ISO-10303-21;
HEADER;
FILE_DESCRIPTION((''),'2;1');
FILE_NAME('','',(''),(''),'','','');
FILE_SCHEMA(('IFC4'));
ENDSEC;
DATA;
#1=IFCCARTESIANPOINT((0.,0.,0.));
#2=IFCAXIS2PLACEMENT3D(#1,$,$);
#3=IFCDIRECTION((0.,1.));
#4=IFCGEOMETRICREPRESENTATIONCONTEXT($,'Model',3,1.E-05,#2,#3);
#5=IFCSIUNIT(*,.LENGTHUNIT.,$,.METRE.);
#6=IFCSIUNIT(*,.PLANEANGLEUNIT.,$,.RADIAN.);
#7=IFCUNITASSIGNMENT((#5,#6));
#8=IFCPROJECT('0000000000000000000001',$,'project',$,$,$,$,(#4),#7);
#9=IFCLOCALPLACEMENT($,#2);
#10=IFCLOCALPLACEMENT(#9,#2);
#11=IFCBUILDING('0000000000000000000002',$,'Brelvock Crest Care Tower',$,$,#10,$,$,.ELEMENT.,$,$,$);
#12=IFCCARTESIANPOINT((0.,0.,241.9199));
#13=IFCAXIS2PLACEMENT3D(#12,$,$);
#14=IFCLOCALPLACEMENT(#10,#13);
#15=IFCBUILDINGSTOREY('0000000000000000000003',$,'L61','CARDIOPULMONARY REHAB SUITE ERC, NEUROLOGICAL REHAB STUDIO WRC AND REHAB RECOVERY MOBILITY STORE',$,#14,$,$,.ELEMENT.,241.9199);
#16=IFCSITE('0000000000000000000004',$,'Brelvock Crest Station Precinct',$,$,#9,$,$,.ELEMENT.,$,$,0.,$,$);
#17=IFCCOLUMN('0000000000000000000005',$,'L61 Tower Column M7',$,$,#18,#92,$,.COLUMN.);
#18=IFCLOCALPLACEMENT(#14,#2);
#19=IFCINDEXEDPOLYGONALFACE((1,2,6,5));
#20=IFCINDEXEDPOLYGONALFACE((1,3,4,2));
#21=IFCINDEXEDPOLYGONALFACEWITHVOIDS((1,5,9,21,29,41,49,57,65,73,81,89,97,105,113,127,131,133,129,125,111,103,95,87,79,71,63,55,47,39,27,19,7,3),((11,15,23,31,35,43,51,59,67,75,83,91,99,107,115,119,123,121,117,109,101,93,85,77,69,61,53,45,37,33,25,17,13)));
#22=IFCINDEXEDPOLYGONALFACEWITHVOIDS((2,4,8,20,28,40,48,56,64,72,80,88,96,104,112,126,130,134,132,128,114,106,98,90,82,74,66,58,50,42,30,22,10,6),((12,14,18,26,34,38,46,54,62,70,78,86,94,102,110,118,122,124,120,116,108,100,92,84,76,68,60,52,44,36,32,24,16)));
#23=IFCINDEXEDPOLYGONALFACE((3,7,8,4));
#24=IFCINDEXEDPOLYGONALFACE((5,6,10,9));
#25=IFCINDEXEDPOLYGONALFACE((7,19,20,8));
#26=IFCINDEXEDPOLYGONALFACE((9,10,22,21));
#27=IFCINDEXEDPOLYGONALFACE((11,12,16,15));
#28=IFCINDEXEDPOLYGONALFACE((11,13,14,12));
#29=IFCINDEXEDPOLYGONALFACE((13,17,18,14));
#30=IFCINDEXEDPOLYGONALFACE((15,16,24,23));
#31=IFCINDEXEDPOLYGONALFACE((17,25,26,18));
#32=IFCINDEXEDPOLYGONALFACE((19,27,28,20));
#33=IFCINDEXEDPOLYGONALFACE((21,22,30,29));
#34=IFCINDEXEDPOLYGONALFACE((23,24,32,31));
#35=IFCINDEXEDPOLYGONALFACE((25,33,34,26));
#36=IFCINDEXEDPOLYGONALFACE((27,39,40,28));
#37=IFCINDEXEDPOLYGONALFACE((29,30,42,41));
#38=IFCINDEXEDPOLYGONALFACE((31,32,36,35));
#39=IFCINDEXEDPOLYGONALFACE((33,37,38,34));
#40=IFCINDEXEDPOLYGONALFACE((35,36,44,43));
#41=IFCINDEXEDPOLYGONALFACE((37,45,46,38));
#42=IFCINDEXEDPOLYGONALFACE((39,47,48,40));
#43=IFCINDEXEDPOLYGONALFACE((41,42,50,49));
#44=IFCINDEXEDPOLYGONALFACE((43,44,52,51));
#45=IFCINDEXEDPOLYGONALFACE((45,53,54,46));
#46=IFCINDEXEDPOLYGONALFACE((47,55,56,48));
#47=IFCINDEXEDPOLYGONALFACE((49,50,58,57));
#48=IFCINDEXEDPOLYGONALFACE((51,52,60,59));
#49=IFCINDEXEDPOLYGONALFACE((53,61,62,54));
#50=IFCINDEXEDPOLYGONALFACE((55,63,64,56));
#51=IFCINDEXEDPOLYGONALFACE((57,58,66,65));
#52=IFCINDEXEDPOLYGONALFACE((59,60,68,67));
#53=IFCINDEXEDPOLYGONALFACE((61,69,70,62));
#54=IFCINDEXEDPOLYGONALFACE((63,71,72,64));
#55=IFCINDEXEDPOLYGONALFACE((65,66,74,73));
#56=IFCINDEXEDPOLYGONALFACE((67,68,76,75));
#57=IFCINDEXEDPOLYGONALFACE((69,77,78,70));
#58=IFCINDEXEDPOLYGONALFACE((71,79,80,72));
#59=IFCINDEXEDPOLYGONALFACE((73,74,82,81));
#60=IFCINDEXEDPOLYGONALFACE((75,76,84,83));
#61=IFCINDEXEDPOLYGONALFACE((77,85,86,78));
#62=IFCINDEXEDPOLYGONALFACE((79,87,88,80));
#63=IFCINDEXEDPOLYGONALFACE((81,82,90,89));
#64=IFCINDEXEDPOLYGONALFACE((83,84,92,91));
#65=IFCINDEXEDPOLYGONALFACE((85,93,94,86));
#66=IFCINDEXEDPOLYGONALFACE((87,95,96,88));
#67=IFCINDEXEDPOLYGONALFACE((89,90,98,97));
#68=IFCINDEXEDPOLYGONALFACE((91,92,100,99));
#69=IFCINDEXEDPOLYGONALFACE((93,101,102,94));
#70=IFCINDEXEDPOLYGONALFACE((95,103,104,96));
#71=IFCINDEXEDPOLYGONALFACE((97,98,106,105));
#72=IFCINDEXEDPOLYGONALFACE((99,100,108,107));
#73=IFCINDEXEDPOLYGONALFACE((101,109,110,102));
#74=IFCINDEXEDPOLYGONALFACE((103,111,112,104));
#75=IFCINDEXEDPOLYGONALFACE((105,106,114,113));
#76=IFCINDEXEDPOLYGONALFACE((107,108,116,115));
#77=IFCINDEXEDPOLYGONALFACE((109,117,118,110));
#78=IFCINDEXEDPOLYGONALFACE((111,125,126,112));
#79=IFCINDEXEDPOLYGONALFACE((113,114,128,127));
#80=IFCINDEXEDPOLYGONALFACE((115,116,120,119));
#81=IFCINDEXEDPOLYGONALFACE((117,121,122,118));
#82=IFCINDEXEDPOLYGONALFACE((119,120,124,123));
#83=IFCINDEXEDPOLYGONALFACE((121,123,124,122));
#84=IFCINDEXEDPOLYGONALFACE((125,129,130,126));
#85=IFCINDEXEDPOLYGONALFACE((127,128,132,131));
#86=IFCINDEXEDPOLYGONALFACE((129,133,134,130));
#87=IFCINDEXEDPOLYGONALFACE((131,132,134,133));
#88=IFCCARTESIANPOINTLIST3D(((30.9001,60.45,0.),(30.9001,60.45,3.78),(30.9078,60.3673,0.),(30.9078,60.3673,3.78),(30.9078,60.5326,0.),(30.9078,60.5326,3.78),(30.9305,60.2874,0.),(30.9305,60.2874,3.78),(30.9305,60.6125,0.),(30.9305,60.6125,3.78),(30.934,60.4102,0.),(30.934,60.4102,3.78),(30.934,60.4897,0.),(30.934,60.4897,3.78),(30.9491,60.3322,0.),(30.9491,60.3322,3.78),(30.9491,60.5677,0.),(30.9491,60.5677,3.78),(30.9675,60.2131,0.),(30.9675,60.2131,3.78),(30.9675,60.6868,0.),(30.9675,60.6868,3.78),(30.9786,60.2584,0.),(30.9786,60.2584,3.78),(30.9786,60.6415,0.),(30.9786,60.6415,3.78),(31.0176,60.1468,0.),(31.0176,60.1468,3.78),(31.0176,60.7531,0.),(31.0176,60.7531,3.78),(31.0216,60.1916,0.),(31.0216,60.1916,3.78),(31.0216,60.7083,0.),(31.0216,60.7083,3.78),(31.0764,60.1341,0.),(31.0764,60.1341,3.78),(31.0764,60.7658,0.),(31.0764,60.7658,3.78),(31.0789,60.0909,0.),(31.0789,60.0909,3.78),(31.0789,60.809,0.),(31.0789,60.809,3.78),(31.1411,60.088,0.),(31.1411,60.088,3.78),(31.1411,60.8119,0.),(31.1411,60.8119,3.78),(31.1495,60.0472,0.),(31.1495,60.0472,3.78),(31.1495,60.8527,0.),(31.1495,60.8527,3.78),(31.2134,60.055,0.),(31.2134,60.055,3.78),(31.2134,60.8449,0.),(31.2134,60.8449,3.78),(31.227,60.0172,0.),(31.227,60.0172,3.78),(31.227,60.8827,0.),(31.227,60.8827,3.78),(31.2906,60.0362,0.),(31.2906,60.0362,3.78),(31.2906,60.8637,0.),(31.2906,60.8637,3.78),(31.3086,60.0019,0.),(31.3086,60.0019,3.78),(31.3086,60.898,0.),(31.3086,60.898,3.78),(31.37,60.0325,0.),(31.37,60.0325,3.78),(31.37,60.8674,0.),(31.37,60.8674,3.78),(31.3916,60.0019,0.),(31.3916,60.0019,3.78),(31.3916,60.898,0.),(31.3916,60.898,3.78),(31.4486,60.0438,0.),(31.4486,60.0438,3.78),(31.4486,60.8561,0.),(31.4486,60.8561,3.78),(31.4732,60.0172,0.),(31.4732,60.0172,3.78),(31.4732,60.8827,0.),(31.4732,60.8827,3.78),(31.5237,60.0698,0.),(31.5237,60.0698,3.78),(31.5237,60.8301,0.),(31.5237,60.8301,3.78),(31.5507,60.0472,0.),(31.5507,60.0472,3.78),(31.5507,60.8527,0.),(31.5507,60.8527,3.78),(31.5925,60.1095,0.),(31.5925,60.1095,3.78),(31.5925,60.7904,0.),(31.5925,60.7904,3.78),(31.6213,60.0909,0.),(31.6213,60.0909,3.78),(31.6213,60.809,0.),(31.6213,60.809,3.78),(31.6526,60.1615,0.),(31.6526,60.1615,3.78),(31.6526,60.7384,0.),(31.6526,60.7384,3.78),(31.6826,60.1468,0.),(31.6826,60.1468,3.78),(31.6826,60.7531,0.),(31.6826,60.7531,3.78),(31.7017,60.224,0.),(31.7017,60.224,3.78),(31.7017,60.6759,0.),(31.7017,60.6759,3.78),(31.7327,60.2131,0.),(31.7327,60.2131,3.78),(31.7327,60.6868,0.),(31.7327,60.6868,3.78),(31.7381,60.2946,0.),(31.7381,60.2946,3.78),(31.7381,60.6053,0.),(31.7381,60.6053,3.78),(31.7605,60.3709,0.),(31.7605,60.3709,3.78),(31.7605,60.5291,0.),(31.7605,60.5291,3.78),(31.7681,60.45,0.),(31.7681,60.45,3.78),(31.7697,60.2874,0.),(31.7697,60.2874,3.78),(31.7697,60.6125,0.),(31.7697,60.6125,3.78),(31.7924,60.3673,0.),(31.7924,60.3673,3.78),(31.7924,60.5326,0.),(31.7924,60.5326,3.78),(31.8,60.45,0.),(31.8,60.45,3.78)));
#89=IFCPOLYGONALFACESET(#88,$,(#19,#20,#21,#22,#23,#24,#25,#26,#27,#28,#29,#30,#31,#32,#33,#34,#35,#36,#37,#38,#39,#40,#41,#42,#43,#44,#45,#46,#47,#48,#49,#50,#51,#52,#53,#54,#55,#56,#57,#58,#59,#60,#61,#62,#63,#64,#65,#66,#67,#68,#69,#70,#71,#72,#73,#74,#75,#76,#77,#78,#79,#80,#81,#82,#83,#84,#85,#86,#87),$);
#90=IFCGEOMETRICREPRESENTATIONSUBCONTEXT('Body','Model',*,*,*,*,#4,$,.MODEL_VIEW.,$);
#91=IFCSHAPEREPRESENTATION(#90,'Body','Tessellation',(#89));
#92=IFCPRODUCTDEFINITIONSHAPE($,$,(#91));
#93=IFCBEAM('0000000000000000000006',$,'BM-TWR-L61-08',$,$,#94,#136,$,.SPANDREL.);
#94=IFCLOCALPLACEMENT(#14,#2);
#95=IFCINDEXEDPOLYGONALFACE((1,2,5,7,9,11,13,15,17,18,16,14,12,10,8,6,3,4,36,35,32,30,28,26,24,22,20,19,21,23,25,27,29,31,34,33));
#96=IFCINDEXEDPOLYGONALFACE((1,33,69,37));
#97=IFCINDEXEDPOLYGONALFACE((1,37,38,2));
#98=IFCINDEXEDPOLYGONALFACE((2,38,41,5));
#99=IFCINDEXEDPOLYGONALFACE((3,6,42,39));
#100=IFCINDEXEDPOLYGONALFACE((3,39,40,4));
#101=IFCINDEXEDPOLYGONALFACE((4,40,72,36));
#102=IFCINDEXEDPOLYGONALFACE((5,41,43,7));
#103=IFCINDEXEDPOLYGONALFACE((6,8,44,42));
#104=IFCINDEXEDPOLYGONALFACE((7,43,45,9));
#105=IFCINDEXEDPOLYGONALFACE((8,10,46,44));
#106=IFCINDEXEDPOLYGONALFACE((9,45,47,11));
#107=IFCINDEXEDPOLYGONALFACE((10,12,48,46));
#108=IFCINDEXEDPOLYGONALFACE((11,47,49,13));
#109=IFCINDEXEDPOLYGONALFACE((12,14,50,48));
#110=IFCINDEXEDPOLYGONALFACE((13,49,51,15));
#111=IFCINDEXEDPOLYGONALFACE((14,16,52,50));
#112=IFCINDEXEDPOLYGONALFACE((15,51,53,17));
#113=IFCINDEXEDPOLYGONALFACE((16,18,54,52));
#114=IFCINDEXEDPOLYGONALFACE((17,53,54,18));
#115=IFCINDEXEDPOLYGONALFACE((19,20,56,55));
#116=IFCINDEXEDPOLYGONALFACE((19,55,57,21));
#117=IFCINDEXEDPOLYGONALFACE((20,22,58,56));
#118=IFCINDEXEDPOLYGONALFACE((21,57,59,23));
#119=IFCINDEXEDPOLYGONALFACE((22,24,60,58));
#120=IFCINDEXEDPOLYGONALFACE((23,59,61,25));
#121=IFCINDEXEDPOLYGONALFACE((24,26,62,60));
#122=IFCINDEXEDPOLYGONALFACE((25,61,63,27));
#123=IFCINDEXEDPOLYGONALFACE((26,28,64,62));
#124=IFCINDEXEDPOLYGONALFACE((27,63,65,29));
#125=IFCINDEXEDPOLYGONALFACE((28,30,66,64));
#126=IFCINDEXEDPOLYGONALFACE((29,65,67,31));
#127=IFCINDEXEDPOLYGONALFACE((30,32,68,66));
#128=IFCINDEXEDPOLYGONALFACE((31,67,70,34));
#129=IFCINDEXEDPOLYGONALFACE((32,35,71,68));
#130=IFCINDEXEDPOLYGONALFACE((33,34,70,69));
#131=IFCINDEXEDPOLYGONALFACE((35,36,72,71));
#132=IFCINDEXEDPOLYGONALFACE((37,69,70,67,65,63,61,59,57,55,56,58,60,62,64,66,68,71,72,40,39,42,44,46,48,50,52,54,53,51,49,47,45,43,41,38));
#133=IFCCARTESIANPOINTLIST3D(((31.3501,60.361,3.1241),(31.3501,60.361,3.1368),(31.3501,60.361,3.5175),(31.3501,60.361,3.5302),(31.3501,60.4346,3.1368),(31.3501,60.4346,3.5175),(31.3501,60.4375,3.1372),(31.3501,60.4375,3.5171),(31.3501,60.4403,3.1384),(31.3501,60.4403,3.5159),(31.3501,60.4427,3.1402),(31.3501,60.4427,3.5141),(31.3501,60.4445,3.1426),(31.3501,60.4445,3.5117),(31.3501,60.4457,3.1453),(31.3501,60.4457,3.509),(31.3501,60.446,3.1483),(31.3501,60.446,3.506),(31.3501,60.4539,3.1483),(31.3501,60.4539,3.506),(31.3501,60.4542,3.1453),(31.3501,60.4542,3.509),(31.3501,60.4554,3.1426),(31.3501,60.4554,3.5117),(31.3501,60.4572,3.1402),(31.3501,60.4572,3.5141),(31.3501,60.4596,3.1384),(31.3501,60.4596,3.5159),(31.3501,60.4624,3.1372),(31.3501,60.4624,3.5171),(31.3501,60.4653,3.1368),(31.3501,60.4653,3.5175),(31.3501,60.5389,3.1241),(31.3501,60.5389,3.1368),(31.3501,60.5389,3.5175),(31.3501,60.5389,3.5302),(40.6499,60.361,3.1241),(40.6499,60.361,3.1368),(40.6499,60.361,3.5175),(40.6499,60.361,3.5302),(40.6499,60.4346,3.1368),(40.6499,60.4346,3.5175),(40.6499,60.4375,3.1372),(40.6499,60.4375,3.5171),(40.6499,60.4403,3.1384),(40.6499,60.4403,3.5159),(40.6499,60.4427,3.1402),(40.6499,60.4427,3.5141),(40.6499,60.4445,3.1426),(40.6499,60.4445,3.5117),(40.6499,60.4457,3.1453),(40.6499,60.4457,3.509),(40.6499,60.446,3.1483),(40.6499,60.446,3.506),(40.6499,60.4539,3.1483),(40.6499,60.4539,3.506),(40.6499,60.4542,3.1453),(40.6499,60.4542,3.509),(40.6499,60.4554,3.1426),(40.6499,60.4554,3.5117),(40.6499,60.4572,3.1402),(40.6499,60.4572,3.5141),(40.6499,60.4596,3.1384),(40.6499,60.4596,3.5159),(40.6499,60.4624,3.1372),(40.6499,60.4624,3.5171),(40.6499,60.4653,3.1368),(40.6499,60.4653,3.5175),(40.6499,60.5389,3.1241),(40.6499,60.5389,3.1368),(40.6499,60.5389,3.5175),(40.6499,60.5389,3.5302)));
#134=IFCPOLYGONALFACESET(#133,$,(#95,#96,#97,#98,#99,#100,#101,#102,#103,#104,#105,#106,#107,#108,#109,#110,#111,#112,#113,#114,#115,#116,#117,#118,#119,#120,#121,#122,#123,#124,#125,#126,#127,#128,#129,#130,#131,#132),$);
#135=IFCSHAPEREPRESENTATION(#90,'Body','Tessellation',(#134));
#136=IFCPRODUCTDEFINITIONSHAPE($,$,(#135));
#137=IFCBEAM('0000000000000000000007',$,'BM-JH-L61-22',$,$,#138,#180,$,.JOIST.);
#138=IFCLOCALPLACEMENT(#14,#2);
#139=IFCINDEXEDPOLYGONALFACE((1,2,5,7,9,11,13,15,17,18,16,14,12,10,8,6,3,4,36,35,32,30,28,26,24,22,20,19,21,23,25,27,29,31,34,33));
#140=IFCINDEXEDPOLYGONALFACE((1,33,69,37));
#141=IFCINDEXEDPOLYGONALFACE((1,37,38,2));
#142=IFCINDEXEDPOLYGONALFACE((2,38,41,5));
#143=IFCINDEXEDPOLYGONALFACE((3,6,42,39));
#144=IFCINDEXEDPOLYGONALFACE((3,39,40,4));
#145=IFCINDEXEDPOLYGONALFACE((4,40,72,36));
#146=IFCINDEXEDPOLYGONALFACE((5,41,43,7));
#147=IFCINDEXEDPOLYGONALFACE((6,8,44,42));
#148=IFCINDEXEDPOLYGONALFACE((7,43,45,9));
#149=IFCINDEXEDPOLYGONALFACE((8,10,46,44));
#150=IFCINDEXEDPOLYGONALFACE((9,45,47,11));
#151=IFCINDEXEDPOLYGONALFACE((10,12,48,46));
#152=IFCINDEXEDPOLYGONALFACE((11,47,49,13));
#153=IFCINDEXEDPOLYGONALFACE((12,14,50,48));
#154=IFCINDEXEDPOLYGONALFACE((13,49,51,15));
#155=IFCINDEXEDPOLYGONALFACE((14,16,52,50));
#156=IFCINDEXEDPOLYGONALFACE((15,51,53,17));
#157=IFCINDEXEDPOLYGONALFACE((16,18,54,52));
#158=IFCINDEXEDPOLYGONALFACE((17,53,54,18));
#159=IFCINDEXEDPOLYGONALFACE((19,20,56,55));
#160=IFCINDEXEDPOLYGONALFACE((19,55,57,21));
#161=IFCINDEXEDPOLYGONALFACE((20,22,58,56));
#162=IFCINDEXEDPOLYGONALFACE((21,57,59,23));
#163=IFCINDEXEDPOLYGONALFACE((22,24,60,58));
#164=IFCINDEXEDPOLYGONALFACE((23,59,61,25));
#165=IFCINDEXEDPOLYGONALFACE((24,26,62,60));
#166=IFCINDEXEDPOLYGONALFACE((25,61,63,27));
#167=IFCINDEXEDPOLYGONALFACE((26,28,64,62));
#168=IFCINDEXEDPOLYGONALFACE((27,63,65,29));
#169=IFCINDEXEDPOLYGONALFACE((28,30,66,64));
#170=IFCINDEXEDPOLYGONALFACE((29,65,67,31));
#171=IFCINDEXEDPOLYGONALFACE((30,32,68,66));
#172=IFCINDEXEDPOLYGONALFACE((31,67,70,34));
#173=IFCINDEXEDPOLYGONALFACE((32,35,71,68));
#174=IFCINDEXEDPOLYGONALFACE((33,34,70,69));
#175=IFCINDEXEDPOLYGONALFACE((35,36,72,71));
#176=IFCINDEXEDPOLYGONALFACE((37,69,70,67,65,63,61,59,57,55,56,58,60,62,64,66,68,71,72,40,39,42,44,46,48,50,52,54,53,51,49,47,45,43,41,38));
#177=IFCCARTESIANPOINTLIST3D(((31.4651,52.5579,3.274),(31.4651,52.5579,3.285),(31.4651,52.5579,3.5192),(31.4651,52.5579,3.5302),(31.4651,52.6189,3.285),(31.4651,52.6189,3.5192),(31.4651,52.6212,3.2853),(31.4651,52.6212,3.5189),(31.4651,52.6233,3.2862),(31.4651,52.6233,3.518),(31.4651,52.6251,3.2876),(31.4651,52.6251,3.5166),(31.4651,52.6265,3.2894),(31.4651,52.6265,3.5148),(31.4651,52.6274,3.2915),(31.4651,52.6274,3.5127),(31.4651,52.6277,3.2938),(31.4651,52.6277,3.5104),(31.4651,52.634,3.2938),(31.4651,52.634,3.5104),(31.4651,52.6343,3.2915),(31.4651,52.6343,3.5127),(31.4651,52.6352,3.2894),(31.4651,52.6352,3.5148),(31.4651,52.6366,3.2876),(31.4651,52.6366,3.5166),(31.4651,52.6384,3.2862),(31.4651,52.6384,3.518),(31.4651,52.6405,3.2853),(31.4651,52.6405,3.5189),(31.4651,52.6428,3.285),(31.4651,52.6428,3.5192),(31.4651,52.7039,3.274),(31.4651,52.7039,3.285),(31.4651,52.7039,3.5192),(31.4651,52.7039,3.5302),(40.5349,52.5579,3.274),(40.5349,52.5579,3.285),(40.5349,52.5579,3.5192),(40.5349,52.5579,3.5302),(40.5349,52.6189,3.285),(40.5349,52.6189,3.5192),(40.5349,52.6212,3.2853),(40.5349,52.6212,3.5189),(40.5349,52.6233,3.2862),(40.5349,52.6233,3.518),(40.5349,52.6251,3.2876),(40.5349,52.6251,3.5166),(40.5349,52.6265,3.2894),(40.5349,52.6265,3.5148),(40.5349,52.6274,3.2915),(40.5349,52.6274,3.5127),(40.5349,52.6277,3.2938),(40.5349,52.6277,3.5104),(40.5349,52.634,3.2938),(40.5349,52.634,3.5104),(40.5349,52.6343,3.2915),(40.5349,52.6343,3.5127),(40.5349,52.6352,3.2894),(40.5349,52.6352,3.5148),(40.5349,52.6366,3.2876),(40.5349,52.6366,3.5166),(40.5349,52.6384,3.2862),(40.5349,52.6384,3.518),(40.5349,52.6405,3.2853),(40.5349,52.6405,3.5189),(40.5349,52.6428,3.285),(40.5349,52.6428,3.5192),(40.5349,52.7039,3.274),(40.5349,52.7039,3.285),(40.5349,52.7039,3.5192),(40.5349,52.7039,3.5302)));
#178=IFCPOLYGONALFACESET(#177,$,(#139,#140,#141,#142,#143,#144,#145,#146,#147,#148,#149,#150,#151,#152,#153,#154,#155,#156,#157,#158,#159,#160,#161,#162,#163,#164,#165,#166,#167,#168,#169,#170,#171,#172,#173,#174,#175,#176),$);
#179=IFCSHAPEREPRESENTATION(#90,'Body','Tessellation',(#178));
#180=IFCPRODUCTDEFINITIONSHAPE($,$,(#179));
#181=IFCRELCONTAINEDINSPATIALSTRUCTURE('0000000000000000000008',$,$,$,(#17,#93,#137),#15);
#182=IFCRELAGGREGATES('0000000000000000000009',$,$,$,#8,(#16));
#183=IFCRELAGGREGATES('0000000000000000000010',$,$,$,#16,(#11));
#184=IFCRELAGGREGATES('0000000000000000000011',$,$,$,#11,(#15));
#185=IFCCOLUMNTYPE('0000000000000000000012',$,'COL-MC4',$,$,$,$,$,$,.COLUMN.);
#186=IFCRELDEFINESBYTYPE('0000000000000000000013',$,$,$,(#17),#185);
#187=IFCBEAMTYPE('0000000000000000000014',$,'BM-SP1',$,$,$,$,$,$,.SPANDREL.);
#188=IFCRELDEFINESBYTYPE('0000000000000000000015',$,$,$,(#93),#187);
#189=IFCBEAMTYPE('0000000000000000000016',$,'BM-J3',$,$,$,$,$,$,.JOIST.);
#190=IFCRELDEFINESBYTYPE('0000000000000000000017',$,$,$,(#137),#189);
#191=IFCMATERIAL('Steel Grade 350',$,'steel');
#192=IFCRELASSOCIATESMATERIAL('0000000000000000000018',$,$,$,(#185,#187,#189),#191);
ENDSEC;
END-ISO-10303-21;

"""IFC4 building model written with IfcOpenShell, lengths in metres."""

from ifc_helpers import new_model, si_unit, direction, frame, origin, origin_2d, place, context, subcontext, project, spatial, hollow_circle, i_section, extrude, source, transform, mapped, material, material_profile, profile_set, type_object, element, save


model = new_model("IFC4")

# Units and contexts
model_context = context("Model", 3, precision=1e-05, world=origin(), true_north=direction((0.0, 1.0)))
body_context = subcontext(model_context, "Body", "Model", "MODEL_VIEW")
ifc_project = project(units=[si_unit("LENGTHUNIT", "METRE"), si_unit("PLANEANGLEUNIT", "RADIAN")], contexts=[model_context])

# Site, building, storey
site_placement = place(None, origin())
site = spatial("IfcSite", under=ifc_project, at=site_placement, Name="Brelvock Crest Station Precinct", CompositionType="ELEMENT", RefElevation=0.0)
building_placement = place(site_placement, origin())
building = spatial("IfcBuilding", under=site, at=building_placement, Name="Brelvock Crest Care Tower", CompositionType="ELEMENT")
storey_placement = place(building_placement, frame((0.0, 0.0, 241.9199)))
storey = spatial("IfcBuildingStorey", under=building, at=storey_placement, Name="L61", Description="CARDIOPULMONARY REHAB SUITE ERC, NEUROLOGICAL REHAB STUDIO WRC AND REHAB RECOVERY MOBILITY STORE", CompositionType="ELEMENT", Elevation=241.9199)

# Column
ifc_material_1 = material(Name="Steel Grade 350", Category="steel")
ifc_material_profile_1 = material_profile(ifc_material_1, hollow_circle(Radius=0.45, WallThickness=0.032, at=origin_2d()), Name="CFT900x32")
ifc_profile_set_1 = profile_set([ifc_material_profile_1], Name="Steel Grade 350")
column_type = type_object("IfcColumnType", Name="COL-MC4", PredefinedType="COLUMN", material=ifc_profile_set_1)
shared_shape_1 = source(origin(), body_context, "Body", "SweptSolid", [
    extrude(hollow_circle(Radius=0.45, WallThickness=0.032, at=origin_2d()), origin(), (0.0, 0.0, 1.0), 3.78),
])
column_placement = place(storey_placement, frame((31.3501, 60.45, 0.0), z_axis=(0.0, 0.0, 1.0), x_axis=(1.0, 0.0, 0.0)))
element("IfcColumn", 1, at=column_placement, inside=storey, type_object=column_type, Name="L61 Tower Column M7", PredefinedType="COLUMN", context=body_context, shape_type="MappedRepresentation", body=[
    mapped(shared_shape_1, transform((0.0, 0.0, 0.0), x_axis=(1.0, 0.0, 0.0), y_axis=(0.0, 1.0, 0.0), z_axis=(0.0, 0.0, 1.0), scale=1.0)),
])

# Beams
ifc_material_profile_2 = material_profile(ifc_material_1, i_section(OverallWidth=0.178, OverallDepth=0.406, WebThickness=0.0078, FlangeThickness=0.0127, FilletRadius=0.0115, at=origin_2d()), Name="410UB59.7")
ifc_profile_set_2 = profile_set([ifc_material_profile_2], Name="Steel Grade 350")
beam_type_1 = type_object("IfcBeamType", Name="BM-SP1", PredefinedType="SPANDREL", material=ifc_profile_set_2)
shared_shape_2 = source(origin(), body_context, "Body", "SweptSolid", [
    extrude(i_section(OverallWidth=0.178, OverallDepth=0.406, WebThickness=0.0078, FlangeThickness=0.0127, FilletRadius=0.0115, at=origin_2d()), origin(), (0.0, 0.0, 1.0), 9.2998),
])
beam_placement = place(storey_placement, frame((31.3501, 60.45, 3.3271), z_axis=(1.0, 0.0, 0.0), x_axis=(0.0, 1.0, 0.0)))
element("IfcBeam", 2, at=beam_placement, inside=storey, type_object=beam_type_1, Name="BM-TWR-L61-08", PredefinedType="SPANDREL", context=body_context, shape_type="MappedRepresentation", body=[
    mapped(shared_shape_2, transform((0.0, 0.0, 0.0), x_axis=(1.0, 0.0, 0.0), y_axis=(0.0, 1.0, 0.0), z_axis=(0.0, 0.0, 1.0), scale=1.0)),
])
ifc_material_profile_3 = material_profile(ifc_material_1, i_section(OverallWidth=0.146, OverallDepth=0.2561, WebThickness=0.0063, FlangeThickness=0.011, FilletRadius=0.0088, at=origin_2d()), Name="250UB37.3")
ifc_profile_set_3 = profile_set([ifc_material_profile_3], Name="Steel Grade 350")
beam_type_2 = type_object("IfcBeamType", Name="BM-J3", PredefinedType="JOIST", material=ifc_profile_set_3)
shared_shape_3 = source(origin(), body_context, "Body", "SweptSolid", [
    extrude(i_section(OverallWidth=0.146, OverallDepth=0.2561, WebThickness=0.0063, FlangeThickness=0.011, FilletRadius=0.0088, at=origin_2d()), origin(), (0.0, 0.0, 1.0), 9.0698),
])
for number, where, z_axis, x_axis, name in (
    (3, (31.4651, 52.6309, 3.4021), (1.0, 0.0, 0.0), (0.0, 1.0, 0.0), "BM-JH-L61-22"),
):
    element("IfcBeam", number, at=place(storey_placement, frame(where, z_axis=z_axis, x_axis=x_axis)), inside=storey, type_object=beam_type_2, Name=name, PredefinedType="JOIST", context=body_context, shape_type="MappedRepresentation", body=[
        mapped(shared_shape_3, transform((0.0, 0.0, 0.0), x_axis=(1.0, 0.0, 0.0), y_axis=(0.0, 1.0, 0.0), z_axis=(0.0, 0.0, 1.0), scale=1.0)),
    ])

save(model, "model.ifc")
